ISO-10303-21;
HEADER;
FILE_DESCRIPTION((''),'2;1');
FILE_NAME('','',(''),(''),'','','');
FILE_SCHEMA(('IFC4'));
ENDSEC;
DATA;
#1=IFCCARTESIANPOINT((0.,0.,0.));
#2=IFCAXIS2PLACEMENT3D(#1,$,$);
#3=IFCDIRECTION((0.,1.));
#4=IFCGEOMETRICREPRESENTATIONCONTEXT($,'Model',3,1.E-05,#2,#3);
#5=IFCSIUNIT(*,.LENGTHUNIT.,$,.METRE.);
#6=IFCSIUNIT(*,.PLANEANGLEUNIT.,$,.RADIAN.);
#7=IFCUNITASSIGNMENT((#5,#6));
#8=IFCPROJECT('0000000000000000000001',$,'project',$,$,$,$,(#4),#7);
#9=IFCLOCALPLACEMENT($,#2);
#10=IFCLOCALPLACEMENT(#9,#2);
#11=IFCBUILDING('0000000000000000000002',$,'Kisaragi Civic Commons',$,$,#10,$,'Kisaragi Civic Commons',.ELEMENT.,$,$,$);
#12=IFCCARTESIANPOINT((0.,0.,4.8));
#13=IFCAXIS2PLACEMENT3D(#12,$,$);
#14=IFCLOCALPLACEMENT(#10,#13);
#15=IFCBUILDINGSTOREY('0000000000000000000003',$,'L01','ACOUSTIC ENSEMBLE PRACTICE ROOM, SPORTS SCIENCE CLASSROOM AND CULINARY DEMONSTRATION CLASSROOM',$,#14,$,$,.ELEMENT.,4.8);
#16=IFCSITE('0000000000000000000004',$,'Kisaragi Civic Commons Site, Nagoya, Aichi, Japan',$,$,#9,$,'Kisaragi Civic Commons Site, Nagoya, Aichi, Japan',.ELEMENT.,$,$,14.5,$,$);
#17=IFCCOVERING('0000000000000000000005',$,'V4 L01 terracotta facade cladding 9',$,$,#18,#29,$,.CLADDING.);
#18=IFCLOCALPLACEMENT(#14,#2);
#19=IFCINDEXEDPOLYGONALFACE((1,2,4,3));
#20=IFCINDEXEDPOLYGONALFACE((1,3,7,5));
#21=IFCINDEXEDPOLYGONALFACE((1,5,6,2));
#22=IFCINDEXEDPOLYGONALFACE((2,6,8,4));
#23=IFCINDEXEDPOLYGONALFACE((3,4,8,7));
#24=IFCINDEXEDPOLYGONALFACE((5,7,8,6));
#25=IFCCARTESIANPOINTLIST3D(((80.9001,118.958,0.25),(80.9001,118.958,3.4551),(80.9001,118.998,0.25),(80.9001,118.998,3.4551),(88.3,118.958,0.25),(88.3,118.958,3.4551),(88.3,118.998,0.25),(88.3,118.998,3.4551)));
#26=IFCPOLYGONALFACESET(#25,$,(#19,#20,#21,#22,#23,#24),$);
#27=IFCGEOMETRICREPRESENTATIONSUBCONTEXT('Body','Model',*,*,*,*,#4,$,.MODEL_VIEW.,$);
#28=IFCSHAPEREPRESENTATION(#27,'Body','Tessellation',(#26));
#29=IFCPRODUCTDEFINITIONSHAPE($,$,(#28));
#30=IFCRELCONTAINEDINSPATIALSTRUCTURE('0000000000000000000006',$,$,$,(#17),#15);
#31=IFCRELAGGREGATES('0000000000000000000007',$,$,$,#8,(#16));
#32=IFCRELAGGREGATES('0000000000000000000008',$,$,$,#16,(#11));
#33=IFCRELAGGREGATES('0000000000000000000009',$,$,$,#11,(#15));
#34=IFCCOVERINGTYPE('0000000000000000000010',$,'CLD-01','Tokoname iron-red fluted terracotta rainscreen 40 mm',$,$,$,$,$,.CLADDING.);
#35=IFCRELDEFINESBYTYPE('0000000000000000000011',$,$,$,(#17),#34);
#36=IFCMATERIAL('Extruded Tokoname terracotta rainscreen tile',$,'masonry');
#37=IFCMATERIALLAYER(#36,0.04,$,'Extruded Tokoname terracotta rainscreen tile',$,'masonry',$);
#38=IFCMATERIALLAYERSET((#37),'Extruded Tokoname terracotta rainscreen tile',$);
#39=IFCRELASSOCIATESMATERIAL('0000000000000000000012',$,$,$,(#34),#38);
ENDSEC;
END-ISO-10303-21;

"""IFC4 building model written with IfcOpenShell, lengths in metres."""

from ifc_helpers import new_model, si_unit, direction, frame, origin, origin_2d, place, context, subcontext, project, spatial, rectangle, extrude, material, layer, layer_set, type_object, element, save


model = new_model("IFC4")

# Units and contexts
model_context = context("Model", 3, precision=1e-05, world=origin(), true_north=direction((0.0, 1.0)))
body_context = subcontext(model_context, "Body", "Model", "MODEL_VIEW")
ifc_project = project(units=[si_unit("LENGTHUNIT", "METRE"), si_unit("PLANEANGLEUNIT", "RADIAN")], contexts=[model_context])

# Site, building, storey
site_placement = place(None, origin())
site = spatial("IfcSite", under=ifc_project, at=site_placement, Name="Kisaragi Civic Commons Site, Nagoya, Aichi, Japan", LongName="Kisaragi Civic Commons Site, Nagoya, Aichi, Japan", CompositionType="ELEMENT", RefElevation=14.5)
building_placement = place(site_placement, origin())
building = spatial("IfcBuilding", under=site, at=building_placement, Name="Kisaragi Civic Commons", LongName="Kisaragi Civic Commons", CompositionType="ELEMENT")
storey_placement = place(building_placement, frame((0.0, 0.0, 4.8)))
storey = spatial("IfcBuildingStorey", under=building, at=storey_placement, Name="L01", Description="ACOUSTIC ENSEMBLE PRACTICE ROOM, SPORTS SCIENCE CLASSROOM AND CULINARY DEMONSTRATION CLASSROOM", CompositionType="ELEMENT", Elevation=4.8)

# Covering
ifc_material_1 = material(Name="Extruded Tokoname terracotta rainscreen tile", Category="masonry")
ifc_layer_1 = layer(ifc_material_1, 0.04, Name="Extruded Tokoname terracotta rainscreen tile", Category="masonry")
ifc_layer_set_1 = layer_set([ifc_layer_1], Name="Extruded Tokoname terracotta rainscreen tile")
covering_type = type_object("IfcCoveringType", Name="CLD-01", Description="Tokoname iron-red fluted terracotta rainscreen 40 mm", PredefinedType="CLADDING", material=ifc_layer_set_1)
covering_placement = place(storey_placement, frame((84.6001, 118.978, 0.25), z_axis=(0.0, 0.0, 1.0), x_axis=(1.0, 0.0, 0.0)))
element("IfcCovering", 1, at=covering_placement, inside=storey, type_object=covering_type, Name="V4 L01 terracotta facade cladding 9", PredefinedType="CLADDING", context=body_context, shape_type="SweptSolid", body=[
    extrude(rectangle(XDim=7.3999, YDim=0.04, at=origin_2d()), origin(), (0.0, 0.0, 1.0), 3.2051),
])

save(model, "model.ifc")
